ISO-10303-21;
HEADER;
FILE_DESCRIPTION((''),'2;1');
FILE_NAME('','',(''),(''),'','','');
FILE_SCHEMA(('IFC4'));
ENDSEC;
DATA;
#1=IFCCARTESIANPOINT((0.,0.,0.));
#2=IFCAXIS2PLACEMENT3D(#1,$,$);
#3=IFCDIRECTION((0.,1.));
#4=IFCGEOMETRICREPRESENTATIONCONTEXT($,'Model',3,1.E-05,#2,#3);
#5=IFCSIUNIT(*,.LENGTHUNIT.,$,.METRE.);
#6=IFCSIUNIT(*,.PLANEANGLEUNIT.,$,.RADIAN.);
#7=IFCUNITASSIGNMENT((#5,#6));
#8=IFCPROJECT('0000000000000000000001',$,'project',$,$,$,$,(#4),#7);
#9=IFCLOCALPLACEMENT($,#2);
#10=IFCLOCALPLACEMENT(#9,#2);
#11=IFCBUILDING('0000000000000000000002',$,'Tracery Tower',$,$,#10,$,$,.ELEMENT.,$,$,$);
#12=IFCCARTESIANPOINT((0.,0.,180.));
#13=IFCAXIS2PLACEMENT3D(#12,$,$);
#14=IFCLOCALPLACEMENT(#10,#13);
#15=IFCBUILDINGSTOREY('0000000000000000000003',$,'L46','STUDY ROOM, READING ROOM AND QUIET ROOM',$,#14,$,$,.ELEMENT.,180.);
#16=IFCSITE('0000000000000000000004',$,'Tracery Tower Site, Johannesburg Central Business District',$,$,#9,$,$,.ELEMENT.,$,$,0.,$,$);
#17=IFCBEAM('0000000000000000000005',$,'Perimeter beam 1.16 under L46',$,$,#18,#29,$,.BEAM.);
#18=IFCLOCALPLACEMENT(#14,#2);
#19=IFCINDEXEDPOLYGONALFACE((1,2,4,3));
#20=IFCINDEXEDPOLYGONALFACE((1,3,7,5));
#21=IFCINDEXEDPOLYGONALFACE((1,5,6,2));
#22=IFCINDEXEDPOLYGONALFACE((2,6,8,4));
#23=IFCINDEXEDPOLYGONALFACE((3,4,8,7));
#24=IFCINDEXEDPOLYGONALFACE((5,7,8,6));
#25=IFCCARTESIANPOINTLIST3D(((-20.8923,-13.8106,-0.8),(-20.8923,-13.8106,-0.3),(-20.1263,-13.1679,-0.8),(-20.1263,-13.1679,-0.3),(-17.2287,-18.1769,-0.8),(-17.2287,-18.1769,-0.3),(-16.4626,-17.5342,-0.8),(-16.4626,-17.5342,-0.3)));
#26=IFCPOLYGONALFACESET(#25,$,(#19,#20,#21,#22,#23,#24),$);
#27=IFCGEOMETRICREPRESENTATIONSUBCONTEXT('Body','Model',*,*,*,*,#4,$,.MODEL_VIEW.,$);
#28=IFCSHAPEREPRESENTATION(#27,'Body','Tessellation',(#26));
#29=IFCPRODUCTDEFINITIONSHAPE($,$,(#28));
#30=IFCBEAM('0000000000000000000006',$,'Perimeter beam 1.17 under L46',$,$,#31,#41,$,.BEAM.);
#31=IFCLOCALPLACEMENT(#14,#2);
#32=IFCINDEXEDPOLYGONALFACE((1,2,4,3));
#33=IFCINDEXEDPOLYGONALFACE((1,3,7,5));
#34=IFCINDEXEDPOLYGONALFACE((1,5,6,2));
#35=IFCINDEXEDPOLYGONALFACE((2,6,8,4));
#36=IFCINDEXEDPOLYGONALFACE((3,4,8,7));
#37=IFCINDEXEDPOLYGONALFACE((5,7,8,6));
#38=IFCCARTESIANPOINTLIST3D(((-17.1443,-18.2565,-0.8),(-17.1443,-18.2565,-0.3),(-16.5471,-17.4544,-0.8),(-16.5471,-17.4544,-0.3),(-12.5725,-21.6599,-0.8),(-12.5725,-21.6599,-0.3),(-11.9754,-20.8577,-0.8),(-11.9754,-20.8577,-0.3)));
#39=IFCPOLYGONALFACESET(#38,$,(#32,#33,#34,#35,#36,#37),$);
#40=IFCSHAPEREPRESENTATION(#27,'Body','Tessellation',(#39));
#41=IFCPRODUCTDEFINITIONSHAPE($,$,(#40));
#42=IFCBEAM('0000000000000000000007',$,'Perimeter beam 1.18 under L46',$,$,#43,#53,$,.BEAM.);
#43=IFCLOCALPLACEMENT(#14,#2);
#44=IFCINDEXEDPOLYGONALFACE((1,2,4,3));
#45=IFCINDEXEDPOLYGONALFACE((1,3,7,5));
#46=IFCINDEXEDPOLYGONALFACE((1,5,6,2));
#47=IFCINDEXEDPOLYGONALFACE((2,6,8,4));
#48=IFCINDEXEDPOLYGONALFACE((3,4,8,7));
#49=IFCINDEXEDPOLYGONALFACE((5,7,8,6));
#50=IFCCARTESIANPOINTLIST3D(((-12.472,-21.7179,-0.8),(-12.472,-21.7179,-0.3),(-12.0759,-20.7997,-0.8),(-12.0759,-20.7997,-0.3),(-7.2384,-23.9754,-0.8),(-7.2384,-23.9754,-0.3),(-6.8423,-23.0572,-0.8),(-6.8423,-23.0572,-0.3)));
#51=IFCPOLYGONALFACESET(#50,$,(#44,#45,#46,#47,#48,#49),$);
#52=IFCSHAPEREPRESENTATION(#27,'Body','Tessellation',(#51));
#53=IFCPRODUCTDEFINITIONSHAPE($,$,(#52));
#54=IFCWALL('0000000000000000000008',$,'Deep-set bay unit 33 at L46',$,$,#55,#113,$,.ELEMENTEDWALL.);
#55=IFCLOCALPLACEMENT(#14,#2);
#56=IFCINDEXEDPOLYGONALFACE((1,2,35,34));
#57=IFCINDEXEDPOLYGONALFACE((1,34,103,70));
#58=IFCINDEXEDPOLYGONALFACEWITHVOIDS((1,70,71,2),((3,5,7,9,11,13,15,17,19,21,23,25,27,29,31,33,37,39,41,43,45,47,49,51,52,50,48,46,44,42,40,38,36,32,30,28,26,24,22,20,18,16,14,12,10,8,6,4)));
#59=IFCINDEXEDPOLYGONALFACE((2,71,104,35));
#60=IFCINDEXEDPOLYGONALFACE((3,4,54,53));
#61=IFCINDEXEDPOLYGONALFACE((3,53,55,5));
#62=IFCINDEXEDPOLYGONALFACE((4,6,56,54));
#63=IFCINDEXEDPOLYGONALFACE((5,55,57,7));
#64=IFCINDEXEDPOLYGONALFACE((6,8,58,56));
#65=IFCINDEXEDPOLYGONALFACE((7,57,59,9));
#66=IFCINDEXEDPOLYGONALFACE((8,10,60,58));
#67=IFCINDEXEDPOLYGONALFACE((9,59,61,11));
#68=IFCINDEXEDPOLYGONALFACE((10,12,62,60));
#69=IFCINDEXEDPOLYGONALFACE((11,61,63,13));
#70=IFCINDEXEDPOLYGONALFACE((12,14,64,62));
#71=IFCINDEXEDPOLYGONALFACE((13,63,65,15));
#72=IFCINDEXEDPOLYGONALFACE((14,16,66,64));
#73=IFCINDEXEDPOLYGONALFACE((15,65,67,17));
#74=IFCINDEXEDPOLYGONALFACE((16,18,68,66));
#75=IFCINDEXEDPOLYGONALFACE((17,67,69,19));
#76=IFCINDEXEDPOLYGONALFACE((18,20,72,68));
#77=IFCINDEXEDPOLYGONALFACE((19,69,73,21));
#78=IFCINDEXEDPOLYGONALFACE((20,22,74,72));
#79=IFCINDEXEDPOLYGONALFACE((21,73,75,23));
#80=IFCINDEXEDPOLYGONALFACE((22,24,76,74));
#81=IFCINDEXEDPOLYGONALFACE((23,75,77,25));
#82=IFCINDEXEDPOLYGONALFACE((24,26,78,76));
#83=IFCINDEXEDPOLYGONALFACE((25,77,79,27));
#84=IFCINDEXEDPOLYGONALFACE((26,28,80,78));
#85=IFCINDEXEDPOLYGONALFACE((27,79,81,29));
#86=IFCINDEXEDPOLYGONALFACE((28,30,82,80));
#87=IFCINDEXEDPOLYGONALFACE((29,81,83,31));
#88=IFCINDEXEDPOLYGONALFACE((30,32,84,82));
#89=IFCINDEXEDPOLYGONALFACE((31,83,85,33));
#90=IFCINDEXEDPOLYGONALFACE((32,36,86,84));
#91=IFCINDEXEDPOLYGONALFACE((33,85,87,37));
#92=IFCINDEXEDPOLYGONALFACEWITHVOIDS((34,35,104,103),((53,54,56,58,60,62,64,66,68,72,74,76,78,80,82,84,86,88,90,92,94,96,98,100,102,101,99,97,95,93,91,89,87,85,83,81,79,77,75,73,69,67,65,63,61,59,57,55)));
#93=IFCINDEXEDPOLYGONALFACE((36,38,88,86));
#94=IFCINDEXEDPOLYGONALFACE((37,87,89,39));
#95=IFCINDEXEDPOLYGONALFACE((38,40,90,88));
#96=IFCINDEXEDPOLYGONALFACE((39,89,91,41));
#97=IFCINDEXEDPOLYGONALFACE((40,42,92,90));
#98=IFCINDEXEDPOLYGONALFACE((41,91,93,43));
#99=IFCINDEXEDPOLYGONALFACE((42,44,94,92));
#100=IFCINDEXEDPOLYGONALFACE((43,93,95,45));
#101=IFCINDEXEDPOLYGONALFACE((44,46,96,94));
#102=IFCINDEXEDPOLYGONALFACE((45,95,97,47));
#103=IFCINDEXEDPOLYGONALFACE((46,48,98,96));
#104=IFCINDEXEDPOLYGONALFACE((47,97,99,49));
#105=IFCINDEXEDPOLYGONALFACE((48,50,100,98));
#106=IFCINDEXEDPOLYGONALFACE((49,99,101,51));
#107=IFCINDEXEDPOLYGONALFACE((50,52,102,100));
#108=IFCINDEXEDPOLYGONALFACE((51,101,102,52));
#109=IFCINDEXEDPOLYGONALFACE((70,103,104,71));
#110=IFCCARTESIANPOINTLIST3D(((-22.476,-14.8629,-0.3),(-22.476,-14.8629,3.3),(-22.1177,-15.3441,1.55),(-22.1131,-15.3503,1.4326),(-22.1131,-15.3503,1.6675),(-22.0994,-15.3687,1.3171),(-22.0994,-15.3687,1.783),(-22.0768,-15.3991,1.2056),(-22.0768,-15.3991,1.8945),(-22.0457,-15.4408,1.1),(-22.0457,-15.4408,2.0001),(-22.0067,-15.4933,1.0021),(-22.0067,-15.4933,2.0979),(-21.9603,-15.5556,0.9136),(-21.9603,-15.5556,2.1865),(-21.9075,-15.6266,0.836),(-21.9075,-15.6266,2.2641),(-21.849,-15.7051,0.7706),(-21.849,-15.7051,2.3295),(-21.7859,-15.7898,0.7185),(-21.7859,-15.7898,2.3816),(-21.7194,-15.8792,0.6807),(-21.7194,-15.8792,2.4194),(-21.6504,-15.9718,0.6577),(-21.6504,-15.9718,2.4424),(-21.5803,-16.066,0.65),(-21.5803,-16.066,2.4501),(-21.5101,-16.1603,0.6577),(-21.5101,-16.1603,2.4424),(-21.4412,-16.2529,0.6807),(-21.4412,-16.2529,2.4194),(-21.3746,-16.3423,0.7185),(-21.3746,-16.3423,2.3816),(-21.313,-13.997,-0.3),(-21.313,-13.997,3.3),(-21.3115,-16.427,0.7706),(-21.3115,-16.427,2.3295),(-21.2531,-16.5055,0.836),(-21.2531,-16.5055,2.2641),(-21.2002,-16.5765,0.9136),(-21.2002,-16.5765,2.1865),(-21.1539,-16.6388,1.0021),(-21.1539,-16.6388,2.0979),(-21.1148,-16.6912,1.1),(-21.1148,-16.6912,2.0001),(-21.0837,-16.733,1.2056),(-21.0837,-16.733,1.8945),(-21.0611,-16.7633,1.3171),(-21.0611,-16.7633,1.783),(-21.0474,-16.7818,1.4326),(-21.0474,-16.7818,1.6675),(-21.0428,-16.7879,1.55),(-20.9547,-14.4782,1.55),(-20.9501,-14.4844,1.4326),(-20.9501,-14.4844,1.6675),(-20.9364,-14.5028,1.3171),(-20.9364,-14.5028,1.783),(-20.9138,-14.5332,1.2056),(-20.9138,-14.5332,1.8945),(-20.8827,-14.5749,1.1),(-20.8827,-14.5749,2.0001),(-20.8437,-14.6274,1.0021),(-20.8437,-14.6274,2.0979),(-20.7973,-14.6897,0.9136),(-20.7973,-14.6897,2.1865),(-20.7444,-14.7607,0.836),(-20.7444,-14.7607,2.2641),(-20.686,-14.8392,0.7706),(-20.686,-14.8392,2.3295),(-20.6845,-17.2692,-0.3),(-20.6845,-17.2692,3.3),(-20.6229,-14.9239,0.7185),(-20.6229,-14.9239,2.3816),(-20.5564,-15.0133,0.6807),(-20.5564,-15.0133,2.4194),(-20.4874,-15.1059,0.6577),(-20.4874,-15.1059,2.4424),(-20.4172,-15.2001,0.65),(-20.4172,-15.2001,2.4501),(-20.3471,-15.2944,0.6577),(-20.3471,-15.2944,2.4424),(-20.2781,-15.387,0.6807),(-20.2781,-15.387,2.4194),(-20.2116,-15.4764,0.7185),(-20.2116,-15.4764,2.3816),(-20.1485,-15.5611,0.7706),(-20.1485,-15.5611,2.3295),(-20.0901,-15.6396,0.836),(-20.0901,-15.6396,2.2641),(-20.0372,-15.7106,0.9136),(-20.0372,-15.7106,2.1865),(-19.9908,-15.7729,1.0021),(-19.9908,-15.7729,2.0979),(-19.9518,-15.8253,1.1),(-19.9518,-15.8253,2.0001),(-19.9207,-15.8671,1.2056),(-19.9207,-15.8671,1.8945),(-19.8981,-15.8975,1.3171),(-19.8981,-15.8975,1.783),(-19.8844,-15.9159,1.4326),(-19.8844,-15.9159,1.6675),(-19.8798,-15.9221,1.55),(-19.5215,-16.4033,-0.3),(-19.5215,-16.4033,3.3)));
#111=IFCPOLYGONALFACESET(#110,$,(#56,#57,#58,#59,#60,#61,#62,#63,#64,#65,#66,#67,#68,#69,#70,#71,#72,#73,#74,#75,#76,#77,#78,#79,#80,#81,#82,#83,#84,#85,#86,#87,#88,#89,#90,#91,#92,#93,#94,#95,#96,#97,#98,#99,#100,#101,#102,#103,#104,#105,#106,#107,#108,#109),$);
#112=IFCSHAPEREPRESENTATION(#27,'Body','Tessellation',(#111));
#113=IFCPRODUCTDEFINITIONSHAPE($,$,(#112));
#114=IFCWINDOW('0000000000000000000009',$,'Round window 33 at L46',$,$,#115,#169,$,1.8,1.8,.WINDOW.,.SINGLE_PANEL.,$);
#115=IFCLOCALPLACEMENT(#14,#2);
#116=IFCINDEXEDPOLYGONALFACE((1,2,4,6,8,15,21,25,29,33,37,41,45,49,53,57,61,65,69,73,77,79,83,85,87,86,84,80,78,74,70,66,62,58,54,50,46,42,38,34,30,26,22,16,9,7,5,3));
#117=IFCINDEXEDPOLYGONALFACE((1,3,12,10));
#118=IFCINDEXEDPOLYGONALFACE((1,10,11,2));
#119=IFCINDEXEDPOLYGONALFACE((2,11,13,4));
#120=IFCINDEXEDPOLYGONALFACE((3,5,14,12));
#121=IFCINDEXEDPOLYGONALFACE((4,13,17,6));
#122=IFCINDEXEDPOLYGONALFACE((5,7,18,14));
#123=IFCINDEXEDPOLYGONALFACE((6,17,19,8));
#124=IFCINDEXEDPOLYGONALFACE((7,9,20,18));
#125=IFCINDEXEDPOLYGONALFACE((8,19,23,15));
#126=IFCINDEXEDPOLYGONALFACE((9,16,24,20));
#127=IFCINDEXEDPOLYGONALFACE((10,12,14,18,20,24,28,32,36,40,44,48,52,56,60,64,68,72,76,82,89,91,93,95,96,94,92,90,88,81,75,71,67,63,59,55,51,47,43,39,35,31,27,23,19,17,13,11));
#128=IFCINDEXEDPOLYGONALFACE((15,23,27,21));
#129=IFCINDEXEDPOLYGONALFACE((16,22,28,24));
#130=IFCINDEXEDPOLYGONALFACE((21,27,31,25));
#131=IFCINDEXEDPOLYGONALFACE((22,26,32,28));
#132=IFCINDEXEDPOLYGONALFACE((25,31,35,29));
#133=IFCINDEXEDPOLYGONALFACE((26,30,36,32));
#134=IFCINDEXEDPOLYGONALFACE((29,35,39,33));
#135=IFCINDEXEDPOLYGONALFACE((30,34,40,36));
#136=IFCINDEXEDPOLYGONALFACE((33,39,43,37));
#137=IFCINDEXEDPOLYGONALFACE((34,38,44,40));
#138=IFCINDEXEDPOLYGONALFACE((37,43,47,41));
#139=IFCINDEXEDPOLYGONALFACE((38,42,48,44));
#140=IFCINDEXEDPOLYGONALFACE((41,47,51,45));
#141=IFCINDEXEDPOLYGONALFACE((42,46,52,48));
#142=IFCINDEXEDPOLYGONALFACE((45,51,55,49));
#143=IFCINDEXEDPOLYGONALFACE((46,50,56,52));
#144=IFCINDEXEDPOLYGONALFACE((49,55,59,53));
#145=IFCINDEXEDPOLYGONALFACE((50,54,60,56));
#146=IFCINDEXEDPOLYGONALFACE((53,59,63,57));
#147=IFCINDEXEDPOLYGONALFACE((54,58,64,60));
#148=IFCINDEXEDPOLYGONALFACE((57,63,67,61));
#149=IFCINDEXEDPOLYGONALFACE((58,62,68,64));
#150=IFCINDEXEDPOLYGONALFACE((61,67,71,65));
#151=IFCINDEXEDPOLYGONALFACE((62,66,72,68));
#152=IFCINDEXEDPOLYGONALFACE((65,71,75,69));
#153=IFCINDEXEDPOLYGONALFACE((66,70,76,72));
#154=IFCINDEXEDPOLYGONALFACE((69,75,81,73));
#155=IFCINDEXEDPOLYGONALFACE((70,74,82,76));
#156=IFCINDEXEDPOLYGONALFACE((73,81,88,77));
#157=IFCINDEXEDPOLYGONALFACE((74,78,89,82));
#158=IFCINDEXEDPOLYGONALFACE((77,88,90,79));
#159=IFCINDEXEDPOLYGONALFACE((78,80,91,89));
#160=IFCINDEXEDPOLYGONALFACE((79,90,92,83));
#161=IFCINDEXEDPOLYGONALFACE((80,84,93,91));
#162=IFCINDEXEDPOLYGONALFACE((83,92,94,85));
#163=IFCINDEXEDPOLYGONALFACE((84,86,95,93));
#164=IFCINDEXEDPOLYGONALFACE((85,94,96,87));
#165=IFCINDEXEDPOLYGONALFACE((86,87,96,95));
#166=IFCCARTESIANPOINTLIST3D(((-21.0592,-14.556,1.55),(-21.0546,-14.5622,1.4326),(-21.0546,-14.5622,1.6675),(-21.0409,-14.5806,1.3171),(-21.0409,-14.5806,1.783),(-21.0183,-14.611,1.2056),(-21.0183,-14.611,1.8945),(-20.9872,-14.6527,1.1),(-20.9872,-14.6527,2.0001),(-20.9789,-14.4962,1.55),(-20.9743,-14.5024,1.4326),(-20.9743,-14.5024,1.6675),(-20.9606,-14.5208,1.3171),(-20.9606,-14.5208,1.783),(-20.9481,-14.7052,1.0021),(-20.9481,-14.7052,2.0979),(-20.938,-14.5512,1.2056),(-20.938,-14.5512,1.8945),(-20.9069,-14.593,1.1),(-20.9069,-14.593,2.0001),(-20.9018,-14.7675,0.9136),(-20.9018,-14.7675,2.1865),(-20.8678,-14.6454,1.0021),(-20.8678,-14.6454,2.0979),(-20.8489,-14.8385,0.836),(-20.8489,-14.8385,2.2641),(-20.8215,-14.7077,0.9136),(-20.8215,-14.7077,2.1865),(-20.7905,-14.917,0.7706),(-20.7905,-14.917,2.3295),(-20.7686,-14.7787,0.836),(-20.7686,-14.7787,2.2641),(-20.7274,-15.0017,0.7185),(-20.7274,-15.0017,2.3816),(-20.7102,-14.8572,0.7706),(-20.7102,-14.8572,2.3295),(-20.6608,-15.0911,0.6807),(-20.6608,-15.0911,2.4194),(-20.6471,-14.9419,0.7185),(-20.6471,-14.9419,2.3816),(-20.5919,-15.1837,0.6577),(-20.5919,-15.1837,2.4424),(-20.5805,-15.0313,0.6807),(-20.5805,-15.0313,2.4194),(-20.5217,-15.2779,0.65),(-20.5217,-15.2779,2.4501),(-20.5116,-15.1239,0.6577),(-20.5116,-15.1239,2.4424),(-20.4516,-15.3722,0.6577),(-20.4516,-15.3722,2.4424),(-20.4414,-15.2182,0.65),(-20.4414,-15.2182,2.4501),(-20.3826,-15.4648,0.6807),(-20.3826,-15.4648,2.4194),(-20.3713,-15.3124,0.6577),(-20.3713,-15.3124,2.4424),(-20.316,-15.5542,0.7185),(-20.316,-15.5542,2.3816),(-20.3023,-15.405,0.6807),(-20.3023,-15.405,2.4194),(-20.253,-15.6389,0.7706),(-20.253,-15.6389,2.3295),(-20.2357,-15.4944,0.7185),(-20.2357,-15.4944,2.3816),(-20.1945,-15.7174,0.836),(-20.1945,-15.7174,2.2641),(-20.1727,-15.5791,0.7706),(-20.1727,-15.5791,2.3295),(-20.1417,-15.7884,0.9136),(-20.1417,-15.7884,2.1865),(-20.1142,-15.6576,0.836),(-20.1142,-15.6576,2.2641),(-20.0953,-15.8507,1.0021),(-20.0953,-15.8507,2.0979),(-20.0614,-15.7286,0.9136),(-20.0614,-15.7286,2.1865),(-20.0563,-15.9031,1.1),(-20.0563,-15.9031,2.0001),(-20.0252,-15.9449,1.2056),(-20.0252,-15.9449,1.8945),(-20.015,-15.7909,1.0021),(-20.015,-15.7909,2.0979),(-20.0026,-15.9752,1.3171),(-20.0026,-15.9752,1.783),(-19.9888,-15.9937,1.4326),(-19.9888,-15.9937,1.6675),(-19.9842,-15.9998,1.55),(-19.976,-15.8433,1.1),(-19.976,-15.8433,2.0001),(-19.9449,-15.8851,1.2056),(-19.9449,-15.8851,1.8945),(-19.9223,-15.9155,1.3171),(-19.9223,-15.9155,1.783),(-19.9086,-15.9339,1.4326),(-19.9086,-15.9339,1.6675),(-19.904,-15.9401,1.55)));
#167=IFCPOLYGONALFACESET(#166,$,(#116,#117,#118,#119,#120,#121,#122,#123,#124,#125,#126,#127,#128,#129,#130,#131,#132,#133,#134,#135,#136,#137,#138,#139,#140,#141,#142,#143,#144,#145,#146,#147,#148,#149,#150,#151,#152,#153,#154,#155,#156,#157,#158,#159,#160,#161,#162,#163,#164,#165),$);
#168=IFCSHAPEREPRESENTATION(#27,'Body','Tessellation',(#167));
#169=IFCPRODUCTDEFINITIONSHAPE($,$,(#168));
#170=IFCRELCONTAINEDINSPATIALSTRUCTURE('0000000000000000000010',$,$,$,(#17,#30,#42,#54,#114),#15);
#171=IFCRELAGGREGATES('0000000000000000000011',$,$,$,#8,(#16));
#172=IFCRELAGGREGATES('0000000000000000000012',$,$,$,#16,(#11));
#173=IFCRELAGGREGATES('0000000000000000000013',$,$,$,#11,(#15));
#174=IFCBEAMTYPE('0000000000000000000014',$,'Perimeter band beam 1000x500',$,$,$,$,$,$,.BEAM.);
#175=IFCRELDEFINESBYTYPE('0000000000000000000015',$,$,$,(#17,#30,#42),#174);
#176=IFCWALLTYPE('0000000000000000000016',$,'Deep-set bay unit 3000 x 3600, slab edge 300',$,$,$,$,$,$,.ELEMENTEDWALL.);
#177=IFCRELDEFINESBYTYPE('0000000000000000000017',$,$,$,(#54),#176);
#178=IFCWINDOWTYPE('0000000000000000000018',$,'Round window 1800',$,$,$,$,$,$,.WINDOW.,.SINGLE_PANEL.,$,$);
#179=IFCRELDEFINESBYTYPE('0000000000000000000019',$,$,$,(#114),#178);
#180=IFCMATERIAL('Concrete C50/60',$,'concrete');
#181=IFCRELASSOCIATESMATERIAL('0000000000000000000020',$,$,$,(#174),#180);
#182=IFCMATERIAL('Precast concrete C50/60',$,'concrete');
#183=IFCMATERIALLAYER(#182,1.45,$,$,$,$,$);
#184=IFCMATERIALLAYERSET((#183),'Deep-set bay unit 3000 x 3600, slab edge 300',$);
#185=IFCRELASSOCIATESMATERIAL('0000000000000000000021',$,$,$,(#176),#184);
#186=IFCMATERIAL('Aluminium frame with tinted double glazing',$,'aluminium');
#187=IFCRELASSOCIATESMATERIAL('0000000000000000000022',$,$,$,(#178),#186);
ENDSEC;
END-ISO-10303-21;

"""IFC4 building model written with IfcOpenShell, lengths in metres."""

from ifc_helpers import new_model, si_unit, direction, frame, frame_2d, origin, origin_2d, place, context, subcontext, project, spatial, rectangle, circle, extrude, material, layer, layer_set, material_profile, profile_set, type_object, element, fill, save


model = new_model("IFC4")

# Units and contexts
model_context = context("Model", 3, precision=1e-05, world=origin(), true_north=direction((0.0, 1.0)))
body_context = subcontext(model_context, "Body", "Model", "MODEL_VIEW")
ifc_project = project(units=[si_unit("LENGTHUNIT", "METRE"), si_unit("PLANEANGLEUNIT", "RADIAN")], contexts=[model_context])

# Site, building, storey
site_placement = place(None, origin())
site = spatial("IfcSite", under=ifc_project, at=site_placement, Name="Tracery Tower Site, Johannesburg Central Business District", CompositionType="ELEMENT", RefElevation=0.0)
building_placement = place(site_placement, origin())
building = spatial("IfcBuilding", under=site, at=building_placement, Name="Tracery Tower", CompositionType="ELEMENT")
storey_placement = place(building_placement, frame((0.0, 0.0, 180.0)))
storey = spatial("IfcBuildingStorey", under=building, at=storey_placement, Name="L46", Description="STUDY ROOM, READING ROOM AND QUIET ROOM", CompositionType="ELEMENT", Elevation=180.0)

# Beams
ifc_material_1 = material(Name="Concrete C50/60", Category="concrete")
ifc_material_profile_1 = material_profile(ifc_material_1, rectangle(XDim=1.0, YDim=0.5, at=origin_2d()), Name="RC 1000x500")
ifc_profile_set_1 = profile_set([ifc_material_profile_1], Name="Concrete C50/60")
beam_type = type_object("IfcBeamType", Name="Perimeter band beam 1000x500", PredefinedType="BEAM", material=ifc_profile_set_1)
beam_1_placement = place(storey_placement, frame((-20.5093, -13.4893, -0.55), z_axis=(0.642776, -0.766054, 0.0), x_axis=(0.766054, 0.642776, 0.0)))
element("IfcBeam", 1, at=beam_1_placement, inside=storey, type_object=beam_type, Name="Perimeter beam 1.16 under L46", PredefinedType="BEAM", context=body_context, shape_type="SweptSolid", body=[
    extrude(rectangle(XDim=1.0, YDim=0.5, at=origin_2d()), origin(), (0.0, 0.0, 1.0), 5.6997),
])
beam_2_placement = place(storey_placement, frame((-16.8457, -17.8555, -0.55), z_axis=(0.802144, -0.597131, 0.0), x_axis=(0.597131, 0.802144, 0.0)))
element("IfcBeam", 2, at=beam_2_placement, inside=storey, type_object=beam_type, Name="Perimeter beam 1.17 under L46", PredefinedType="BEAM", context=body_context, shape_type="SweptSolid", body=[
    extrude(rectangle(XDim=1.0, YDim=0.5, at=origin_2d()), origin(), (0.0, 0.0, 1.0), 5.6995),
])
beam_3_placement = place(storey_placement, frame((-12.2739, -21.2588, -0.55), z_axis=(0.918216, -0.396079, 0.0), x_axis=(0.396079, 0.918216, 0.0)))
element("IfcBeam", 3, at=beam_3_placement, inside=storey, type_object=beam_type, Name="Perimeter beam 1.18 under L46", PredefinedType="BEAM", context=body_context, shape_type="SweptSolid", body=[
    extrude(rectangle(XDim=1.0, YDim=0.5, at=origin_2d()), origin(), (0.0, 0.0, 1.0), 5.6997),
])

# Wall, opening, window
ifc_material_2 = material(Name="Precast concrete C50/60", Category="concrete")
ifc_layer_1 = layer(ifc_material_2, 1.45)
ifc_layer_set_1 = layer_set([ifc_layer_1], Name="Deep-set bay unit 3000 x 3600, slab edge 300")
wall_type_1 = type_object("IfcWallType", Name="Deep-set bay unit 3000 x 3600, slab edge 300", PredefinedType="ELEMENTEDWALL", material=ifc_layer_set_1)
wall_1_placement = place(storey_placement, frame((-21.8945, -14.4299, -0.3), z_axis=(0.0, 0.0, 1.0), x_axis=(0.597184, -0.802104, 0.0)))
wall_1 = element("IfcWall", 4, at=wall_1_placement, inside=storey, type_object=wall_type_1, Name="Deep-set bay unit 33 at L46", PredefinedType="ELEMENTEDWALL", context=body_context, shape_type="SweptSolid", body=[
    extrude(rectangle(XDim=3.0, YDim=1.45, at=frame_2d((1.5, 0.0))), origin(), (0.0, 0.0, 1.0), 3.6001),
])
opening_1_placement = place(wall_1_placement, frame((1.5, 0.0, 1.8501)))
opening_1 = element("IfcOpeningElement", 5, at=opening_1_placement, cuts=wall_1, PredefinedType="OPENING", context=body_context, shape_type="SweptSolid", body=[
    extrude(circle(Radius=0.9, at=origin_2d()), frame((0.0, 0.7349, 0.0), z_axis=(0.0, -1.0, 0.0), x_axis=(1.0, 0.0, 0.0)), (0.0, 0.0, 1.0), 1.47),
])
ifc_material_3 = material(Name="Aluminium frame with tinted double glazing", Category="aluminium")
window_type = type_object("IfcWindowType", Name="Round window 1800", PartitioningType="SINGLE_PANEL", PredefinedType="WINDOW", material=ifc_material_3)
window_1_placement = place(opening_1_placement, origin())
window_1 = element("IfcWindow", 6, at=window_1_placement, inside=storey, type_object=window_type, Name="Round window 33 at L46", OverallHeight=1.8, OverallWidth=1.8, PartitioningType="SINGLE_PANEL", PredefinedType="WINDOW", context=body_context, shape_type="SweptSolid", body=[
    extrude(circle(Radius=0.9, at=origin_2d()), frame((0.0, 0.6948, 0.0), z_axis=(0.0, -1.0, 0.0), x_axis=(1.0, 0.0, 0.0)), (0.0, 0.0, 1.0), 0.1001),
])
fill(opening_1, window_1)

save(model, "model.ifc")
